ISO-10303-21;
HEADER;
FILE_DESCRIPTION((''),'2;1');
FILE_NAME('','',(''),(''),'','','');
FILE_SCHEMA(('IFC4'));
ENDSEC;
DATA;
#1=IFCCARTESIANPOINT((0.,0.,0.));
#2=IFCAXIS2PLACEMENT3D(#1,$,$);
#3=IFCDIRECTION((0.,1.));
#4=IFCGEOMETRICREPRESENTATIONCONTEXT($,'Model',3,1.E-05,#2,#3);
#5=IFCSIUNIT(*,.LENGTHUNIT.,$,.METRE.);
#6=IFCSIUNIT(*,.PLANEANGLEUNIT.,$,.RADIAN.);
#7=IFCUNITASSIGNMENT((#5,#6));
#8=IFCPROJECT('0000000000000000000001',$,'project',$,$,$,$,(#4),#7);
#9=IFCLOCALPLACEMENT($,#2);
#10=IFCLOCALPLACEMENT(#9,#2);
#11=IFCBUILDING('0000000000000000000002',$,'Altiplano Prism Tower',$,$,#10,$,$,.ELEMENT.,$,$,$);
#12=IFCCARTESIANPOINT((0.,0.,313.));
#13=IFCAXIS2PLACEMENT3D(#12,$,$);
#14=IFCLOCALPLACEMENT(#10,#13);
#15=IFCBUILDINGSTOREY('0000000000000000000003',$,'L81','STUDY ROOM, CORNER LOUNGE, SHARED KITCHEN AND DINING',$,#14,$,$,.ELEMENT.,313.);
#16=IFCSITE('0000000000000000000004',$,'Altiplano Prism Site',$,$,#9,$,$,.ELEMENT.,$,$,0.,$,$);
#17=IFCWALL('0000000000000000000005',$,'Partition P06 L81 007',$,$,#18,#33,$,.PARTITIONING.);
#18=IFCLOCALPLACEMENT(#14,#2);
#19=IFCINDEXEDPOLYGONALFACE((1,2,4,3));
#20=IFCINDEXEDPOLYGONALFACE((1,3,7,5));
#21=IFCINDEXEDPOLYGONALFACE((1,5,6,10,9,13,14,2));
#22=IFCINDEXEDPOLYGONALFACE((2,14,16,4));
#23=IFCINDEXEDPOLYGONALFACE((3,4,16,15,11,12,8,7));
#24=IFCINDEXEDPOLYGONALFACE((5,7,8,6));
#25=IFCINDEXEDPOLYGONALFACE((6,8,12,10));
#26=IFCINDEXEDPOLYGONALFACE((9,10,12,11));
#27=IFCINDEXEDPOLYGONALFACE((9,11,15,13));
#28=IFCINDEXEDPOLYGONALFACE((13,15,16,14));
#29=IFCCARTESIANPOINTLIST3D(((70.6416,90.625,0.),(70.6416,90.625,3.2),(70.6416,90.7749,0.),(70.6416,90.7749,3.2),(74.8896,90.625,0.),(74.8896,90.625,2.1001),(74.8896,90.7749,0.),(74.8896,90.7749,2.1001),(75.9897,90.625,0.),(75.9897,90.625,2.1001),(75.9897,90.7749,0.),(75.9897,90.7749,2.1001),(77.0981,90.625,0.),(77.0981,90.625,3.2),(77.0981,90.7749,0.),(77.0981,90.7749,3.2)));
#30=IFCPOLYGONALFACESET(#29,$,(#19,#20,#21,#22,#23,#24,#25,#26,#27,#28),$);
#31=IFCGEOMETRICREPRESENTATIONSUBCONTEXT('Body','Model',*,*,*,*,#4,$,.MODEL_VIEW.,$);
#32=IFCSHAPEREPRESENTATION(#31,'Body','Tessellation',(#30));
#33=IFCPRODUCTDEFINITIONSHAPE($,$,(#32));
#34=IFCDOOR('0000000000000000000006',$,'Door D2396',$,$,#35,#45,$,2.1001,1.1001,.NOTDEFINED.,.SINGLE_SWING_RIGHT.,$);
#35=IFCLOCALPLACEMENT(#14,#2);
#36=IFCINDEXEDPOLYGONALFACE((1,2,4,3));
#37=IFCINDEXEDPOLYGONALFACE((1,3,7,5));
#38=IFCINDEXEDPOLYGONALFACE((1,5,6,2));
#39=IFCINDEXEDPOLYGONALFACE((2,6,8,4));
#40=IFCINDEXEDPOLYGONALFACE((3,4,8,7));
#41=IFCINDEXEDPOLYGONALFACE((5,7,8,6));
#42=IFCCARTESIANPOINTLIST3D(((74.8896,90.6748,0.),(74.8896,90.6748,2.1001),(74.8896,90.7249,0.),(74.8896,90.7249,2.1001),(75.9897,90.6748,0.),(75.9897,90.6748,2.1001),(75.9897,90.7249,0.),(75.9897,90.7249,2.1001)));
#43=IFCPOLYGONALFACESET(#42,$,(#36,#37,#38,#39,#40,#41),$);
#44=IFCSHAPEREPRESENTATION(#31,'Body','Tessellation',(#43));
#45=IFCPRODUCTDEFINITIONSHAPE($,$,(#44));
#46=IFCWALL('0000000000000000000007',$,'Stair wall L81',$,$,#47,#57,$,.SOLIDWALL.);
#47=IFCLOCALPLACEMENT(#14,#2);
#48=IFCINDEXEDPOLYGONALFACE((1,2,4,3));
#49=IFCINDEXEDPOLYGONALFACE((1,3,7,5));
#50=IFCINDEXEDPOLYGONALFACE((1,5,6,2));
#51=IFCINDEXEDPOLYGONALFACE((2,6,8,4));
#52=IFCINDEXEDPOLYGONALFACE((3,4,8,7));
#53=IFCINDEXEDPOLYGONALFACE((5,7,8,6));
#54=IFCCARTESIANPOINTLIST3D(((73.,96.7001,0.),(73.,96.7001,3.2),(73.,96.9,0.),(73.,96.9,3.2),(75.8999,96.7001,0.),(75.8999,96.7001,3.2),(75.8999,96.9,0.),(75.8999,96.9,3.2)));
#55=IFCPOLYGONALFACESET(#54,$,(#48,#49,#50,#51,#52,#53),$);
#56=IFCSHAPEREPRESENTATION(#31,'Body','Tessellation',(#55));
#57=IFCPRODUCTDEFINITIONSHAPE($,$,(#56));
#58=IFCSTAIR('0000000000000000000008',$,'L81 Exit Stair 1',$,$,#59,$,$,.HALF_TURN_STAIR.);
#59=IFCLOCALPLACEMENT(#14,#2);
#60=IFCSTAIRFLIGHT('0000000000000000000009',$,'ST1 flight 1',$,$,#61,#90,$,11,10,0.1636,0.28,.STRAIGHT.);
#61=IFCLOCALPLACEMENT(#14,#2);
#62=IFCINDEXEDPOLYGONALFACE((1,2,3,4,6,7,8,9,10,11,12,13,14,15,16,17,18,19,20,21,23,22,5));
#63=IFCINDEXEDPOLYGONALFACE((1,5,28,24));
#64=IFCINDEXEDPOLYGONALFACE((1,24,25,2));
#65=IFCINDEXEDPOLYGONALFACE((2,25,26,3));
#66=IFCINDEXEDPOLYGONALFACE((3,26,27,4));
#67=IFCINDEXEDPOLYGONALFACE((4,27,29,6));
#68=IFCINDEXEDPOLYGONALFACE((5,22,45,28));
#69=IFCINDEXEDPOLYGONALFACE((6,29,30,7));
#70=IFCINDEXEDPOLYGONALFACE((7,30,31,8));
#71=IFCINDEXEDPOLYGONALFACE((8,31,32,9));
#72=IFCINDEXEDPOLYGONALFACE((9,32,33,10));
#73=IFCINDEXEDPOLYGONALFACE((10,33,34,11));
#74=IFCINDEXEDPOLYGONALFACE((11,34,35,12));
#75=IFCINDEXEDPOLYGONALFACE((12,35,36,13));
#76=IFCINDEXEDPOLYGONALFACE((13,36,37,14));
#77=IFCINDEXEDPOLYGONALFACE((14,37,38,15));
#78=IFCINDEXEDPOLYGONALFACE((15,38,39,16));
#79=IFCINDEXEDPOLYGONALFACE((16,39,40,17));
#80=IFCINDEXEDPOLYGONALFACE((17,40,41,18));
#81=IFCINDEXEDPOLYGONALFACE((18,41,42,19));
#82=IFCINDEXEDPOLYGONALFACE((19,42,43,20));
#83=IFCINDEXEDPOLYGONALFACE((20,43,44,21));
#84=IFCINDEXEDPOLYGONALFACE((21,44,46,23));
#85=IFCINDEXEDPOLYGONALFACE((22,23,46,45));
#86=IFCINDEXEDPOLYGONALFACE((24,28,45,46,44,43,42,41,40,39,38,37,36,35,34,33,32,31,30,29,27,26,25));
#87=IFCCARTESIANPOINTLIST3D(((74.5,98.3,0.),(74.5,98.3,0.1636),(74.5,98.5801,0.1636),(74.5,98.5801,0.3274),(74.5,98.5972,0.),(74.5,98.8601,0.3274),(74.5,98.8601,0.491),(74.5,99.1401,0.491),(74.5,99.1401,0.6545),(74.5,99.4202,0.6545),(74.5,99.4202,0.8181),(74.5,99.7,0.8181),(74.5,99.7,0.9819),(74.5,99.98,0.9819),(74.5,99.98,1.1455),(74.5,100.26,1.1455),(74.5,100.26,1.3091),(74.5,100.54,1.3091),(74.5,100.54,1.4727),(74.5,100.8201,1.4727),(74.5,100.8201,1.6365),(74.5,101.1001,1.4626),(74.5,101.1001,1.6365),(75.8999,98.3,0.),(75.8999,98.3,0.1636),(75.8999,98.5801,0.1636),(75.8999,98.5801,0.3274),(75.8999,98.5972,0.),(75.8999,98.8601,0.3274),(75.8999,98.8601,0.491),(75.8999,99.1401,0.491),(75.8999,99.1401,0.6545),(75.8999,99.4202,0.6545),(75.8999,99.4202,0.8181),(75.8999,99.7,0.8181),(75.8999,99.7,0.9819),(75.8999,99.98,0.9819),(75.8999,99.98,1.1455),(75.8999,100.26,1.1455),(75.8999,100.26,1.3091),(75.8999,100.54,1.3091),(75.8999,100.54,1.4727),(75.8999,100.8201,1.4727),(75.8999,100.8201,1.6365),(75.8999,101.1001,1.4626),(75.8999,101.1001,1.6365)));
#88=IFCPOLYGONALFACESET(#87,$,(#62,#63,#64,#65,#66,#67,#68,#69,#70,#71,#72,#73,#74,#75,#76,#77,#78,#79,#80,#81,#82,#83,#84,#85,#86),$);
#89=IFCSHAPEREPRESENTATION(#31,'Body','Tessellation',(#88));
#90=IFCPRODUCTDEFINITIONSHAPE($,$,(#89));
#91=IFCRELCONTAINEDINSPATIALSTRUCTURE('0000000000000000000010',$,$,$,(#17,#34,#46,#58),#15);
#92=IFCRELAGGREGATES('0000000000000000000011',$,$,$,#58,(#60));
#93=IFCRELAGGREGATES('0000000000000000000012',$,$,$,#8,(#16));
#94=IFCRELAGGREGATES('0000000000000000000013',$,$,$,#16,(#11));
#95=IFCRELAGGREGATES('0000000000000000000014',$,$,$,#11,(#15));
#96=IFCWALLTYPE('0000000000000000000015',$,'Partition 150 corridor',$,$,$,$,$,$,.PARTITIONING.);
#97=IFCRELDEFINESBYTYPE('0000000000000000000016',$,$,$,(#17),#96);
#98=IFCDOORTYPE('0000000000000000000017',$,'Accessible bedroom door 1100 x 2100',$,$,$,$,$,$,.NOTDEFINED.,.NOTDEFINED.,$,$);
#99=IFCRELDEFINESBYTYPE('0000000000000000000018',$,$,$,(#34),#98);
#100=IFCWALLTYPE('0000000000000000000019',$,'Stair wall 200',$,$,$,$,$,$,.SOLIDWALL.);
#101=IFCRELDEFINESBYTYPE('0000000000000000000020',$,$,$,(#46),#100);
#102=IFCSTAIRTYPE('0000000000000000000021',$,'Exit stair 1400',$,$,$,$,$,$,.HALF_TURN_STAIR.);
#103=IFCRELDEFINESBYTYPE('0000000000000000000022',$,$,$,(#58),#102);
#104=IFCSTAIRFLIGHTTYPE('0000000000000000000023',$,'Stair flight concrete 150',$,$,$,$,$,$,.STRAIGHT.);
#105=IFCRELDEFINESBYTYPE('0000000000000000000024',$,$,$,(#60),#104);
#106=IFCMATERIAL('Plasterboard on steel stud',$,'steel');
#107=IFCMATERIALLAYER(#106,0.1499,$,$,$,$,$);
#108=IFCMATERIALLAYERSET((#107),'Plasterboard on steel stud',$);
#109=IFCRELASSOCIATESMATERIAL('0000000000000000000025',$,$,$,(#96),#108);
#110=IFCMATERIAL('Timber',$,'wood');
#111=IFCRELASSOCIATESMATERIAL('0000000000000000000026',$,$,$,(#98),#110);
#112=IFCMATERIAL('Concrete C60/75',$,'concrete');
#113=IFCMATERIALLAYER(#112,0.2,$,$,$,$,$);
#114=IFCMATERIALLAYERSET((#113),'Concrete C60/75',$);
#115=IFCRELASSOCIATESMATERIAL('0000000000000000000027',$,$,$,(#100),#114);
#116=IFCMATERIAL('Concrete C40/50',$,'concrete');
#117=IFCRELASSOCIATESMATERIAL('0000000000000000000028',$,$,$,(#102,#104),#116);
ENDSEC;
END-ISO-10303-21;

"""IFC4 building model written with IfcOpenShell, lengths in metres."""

from ifc_helpers import new_model, si_unit, direction, frame, frame_2d, origin, place, context, subcontext, project, spatial, polyline, rectangle, outline, extrude, material, layer, layer_set, type_object, element, fill, aggregate, save


model = new_model("IFC4")

# Units and contexts
model_context = context("Model", 3, precision=1e-05, world=origin(), true_north=direction((0.0, 1.0)))
body_context = subcontext(model_context, "Body", "Model", "MODEL_VIEW")
ifc_project = project(units=[si_unit("LENGTHUNIT", "METRE"), si_unit("PLANEANGLEUNIT", "RADIAN")], contexts=[model_context])

# Site, building, storey
site_placement = place(None, origin())
site = spatial("IfcSite", under=ifc_project, at=site_placement, Name="Altiplano Prism Site", CompositionType="ELEMENT", RefElevation=0.0)
building_placement = place(site_placement, origin())
building = spatial("IfcBuilding", under=site, at=building_placement, Name="Altiplano Prism Tower", CompositionType="ELEMENT")
storey_placement = place(building_placement, frame((0.0, 0.0, 313.0)))
storey = spatial("IfcBuildingStorey", under=building, at=storey_placement, Name="L81", Description="STUDY ROOM, CORNER LOUNGE, SHARED KITCHEN AND DINING", CompositionType="ELEMENT", Elevation=313.0)

# Shared definitions
ifc_material_1 = material(Name="Concrete C60/75", Category="concrete")

# Shared definitions
ifc_material_2 = material(Name="Plasterboard on steel stud", Category="steel")
ifc_layer_1 = layer(ifc_material_2, 0.1499)
ifc_layer_set_1 = layer_set([ifc_layer_1], Name="Plasterboard on steel stud")
wall_type_1 = type_object("IfcWallType", Name="Partition 150 corridor", PredefinedType="PARTITIONING", material=ifc_layer_set_1)

# Wall, opening, door
wall_1_placement = place(storey_placement, frame((70.6416, 90.7, 0.0), z_axis=(0.0, 0.0, 1.0), x_axis=(1.0, 0.0, 0.0)))
wall_1 = element("IfcWall", 1, at=wall_1_placement, inside=storey, type_object=wall_type_1, Name="Partition P06 L81 007", PredefinedType="PARTITIONING", context=body_context, shape_type="SweptSolid", body=[
    extrude(rectangle(XDim=6.4565, YDim=0.1499, at=frame_2d((3.2283, 0.0))), origin(), (0.0, 0.0, 1.0), 3.2),
])
opening_1_placement = place(wall_1_placement, frame((4.248, 0.0, 0.0)))
opening_1 = element("IfcOpeningElement", 2, at=opening_1_placement, cuts=wall_1, PredefinedType="OPENING", context=body_context, shape_type="SweptSolid", body=[
    extrude(rectangle(XDim=1.1001, YDim=2.1001, at=frame_2d((0.55, 1.05))), frame((0.0, 0.0854, 0.0), z_axis=(0.0, -1.0, 0.0), x_axis=(1.0, 0.0, 0.0)), (0.0, 0.0, 1.0), 0.1709),
])
ifc_material_3 = material(Name="Timber", Category="wood")
door_type_1 = type_object("IfcDoorType", Name="Accessible bedroom door 1100 x 2100", OperationType="NOTDEFINED", PredefinedType="NOTDEFINED", material=ifc_material_3)
door_1_placement = place(opening_1_placement, origin())
door_1 = element("IfcDoor", 3, at=door_1_placement, inside=storey, type_object=door_type_1, Name="Door D2396", OperationType="SINGLE_SWING_RIGHT", OverallHeight=2.1001, OverallWidth=1.1001, PredefinedType="NOTDEFINED", context=body_context, shape_type="SweptSolid", body=[
    extrude(rectangle(XDim=1.1001, YDim=2.1001, at=frame_2d((0.55, 1.05))), frame((0.0, 0.0249, 0.0), z_axis=(0.0, -1.0, 0.0), x_axis=(1.0, 0.0, 0.0)), (0.0, 0.0, 1.0), 0.05),
])
fill(opening_1, door_1)

# Wall
ifc_layer_2 = layer(ifc_material_1, 0.2)
ifc_layer_set_2 = layer_set([ifc_layer_2], Name="Concrete C60/75")
wall_type_2 = type_object("IfcWallType", Name="Stair wall 200", PredefinedType="SOLIDWALL", material=ifc_layer_set_2)
wall_2_placement = place(storey_placement, frame((73.0, 96.8, 0.0), z_axis=(0.0, 0.0, 1.0), x_axis=(1.0, 0.0, 0.0)))
element("IfcWall", 4, at=wall_2_placement, inside=storey, type_object=wall_type_2, Name="Stair wall L81", PredefinedType="SOLIDWALL", context=body_context, shape_type="SweptSolid", body=[
    extrude(rectangle(XDim=2.8999, YDim=0.2, at=frame_2d((1.45, 0.0))), origin(), (0.0, 0.0, 1.0), 3.2),
])

# Stair, stair flight
ifc_material_4 = material(Name="Concrete C40/50", Category="concrete")
stair_type = type_object("IfcStairType", Name="Exit stair 1400", PredefinedType="HALF_TURN_STAIR", material=ifc_material_4)
stair_placement = place(storey_placement, origin())
stair = element("IfcStair", 5, at=stair_placement, inside=storey, type_object=stair_type, Name="L81 Exit Stair 1", PredefinedType="HALF_TURN_STAIR")
stair_flight_type = type_object("IfcStairFlightType", Name="Stair flight concrete 150", PredefinedType="STRAIGHT", material=ifc_material_4)
stair_flight_placement = place(storey_placement, frame((75.2, 98.3, 0.0), z_axis=(0.0, 0.0, 1.0), x_axis=(0.0, 1.0, 0.0)))
stair_flight = element("IfcStairFlight", 6, at=stair_flight_placement, type_object=stair_flight_type, Name="ST1 flight 1", NumberOfRisers=11, NumberOfTreads=10, PredefinedType="STRAIGHT", RiserHeight=0.1636, TreadLength=0.28, context=body_context, shape_type="SweptSolid", body=[
    extrude(outline(polyline([(0.0, 0.0), (0.0, 0.1636), (0.28, 0.1636), (0.28, 0.3274), (0.5601, 0.3274), (0.5601, 0.491), (0.8401, 0.491), (0.8401, 0.6545), (1.1201, 0.6545), (1.1201, 0.8181), (1.3999, 0.8181), (1.3999, 0.9819), (1.6799, 0.9819), (1.6799, 1.1455), (1.96, 1.1455), (1.96, 1.3091), (2.24, 1.3091), (2.24, 1.4727), (2.52, 1.4727), (2.52, 1.6365), (2.8, 1.6365), (2.8, 1.8), (2.8, 1.4626), (0.2971, 0.0), (0.0, 0.0)])), frame((0.0, 0.7, 0.0), z_axis=(0.0, -1.0, 0.0), x_axis=(1.0, 0.0, 0.0)), (0.0, 0.0, 1.0), 1.3999),
])
aggregate(stair, [stair_flight])

save(model, "model.ifc")
